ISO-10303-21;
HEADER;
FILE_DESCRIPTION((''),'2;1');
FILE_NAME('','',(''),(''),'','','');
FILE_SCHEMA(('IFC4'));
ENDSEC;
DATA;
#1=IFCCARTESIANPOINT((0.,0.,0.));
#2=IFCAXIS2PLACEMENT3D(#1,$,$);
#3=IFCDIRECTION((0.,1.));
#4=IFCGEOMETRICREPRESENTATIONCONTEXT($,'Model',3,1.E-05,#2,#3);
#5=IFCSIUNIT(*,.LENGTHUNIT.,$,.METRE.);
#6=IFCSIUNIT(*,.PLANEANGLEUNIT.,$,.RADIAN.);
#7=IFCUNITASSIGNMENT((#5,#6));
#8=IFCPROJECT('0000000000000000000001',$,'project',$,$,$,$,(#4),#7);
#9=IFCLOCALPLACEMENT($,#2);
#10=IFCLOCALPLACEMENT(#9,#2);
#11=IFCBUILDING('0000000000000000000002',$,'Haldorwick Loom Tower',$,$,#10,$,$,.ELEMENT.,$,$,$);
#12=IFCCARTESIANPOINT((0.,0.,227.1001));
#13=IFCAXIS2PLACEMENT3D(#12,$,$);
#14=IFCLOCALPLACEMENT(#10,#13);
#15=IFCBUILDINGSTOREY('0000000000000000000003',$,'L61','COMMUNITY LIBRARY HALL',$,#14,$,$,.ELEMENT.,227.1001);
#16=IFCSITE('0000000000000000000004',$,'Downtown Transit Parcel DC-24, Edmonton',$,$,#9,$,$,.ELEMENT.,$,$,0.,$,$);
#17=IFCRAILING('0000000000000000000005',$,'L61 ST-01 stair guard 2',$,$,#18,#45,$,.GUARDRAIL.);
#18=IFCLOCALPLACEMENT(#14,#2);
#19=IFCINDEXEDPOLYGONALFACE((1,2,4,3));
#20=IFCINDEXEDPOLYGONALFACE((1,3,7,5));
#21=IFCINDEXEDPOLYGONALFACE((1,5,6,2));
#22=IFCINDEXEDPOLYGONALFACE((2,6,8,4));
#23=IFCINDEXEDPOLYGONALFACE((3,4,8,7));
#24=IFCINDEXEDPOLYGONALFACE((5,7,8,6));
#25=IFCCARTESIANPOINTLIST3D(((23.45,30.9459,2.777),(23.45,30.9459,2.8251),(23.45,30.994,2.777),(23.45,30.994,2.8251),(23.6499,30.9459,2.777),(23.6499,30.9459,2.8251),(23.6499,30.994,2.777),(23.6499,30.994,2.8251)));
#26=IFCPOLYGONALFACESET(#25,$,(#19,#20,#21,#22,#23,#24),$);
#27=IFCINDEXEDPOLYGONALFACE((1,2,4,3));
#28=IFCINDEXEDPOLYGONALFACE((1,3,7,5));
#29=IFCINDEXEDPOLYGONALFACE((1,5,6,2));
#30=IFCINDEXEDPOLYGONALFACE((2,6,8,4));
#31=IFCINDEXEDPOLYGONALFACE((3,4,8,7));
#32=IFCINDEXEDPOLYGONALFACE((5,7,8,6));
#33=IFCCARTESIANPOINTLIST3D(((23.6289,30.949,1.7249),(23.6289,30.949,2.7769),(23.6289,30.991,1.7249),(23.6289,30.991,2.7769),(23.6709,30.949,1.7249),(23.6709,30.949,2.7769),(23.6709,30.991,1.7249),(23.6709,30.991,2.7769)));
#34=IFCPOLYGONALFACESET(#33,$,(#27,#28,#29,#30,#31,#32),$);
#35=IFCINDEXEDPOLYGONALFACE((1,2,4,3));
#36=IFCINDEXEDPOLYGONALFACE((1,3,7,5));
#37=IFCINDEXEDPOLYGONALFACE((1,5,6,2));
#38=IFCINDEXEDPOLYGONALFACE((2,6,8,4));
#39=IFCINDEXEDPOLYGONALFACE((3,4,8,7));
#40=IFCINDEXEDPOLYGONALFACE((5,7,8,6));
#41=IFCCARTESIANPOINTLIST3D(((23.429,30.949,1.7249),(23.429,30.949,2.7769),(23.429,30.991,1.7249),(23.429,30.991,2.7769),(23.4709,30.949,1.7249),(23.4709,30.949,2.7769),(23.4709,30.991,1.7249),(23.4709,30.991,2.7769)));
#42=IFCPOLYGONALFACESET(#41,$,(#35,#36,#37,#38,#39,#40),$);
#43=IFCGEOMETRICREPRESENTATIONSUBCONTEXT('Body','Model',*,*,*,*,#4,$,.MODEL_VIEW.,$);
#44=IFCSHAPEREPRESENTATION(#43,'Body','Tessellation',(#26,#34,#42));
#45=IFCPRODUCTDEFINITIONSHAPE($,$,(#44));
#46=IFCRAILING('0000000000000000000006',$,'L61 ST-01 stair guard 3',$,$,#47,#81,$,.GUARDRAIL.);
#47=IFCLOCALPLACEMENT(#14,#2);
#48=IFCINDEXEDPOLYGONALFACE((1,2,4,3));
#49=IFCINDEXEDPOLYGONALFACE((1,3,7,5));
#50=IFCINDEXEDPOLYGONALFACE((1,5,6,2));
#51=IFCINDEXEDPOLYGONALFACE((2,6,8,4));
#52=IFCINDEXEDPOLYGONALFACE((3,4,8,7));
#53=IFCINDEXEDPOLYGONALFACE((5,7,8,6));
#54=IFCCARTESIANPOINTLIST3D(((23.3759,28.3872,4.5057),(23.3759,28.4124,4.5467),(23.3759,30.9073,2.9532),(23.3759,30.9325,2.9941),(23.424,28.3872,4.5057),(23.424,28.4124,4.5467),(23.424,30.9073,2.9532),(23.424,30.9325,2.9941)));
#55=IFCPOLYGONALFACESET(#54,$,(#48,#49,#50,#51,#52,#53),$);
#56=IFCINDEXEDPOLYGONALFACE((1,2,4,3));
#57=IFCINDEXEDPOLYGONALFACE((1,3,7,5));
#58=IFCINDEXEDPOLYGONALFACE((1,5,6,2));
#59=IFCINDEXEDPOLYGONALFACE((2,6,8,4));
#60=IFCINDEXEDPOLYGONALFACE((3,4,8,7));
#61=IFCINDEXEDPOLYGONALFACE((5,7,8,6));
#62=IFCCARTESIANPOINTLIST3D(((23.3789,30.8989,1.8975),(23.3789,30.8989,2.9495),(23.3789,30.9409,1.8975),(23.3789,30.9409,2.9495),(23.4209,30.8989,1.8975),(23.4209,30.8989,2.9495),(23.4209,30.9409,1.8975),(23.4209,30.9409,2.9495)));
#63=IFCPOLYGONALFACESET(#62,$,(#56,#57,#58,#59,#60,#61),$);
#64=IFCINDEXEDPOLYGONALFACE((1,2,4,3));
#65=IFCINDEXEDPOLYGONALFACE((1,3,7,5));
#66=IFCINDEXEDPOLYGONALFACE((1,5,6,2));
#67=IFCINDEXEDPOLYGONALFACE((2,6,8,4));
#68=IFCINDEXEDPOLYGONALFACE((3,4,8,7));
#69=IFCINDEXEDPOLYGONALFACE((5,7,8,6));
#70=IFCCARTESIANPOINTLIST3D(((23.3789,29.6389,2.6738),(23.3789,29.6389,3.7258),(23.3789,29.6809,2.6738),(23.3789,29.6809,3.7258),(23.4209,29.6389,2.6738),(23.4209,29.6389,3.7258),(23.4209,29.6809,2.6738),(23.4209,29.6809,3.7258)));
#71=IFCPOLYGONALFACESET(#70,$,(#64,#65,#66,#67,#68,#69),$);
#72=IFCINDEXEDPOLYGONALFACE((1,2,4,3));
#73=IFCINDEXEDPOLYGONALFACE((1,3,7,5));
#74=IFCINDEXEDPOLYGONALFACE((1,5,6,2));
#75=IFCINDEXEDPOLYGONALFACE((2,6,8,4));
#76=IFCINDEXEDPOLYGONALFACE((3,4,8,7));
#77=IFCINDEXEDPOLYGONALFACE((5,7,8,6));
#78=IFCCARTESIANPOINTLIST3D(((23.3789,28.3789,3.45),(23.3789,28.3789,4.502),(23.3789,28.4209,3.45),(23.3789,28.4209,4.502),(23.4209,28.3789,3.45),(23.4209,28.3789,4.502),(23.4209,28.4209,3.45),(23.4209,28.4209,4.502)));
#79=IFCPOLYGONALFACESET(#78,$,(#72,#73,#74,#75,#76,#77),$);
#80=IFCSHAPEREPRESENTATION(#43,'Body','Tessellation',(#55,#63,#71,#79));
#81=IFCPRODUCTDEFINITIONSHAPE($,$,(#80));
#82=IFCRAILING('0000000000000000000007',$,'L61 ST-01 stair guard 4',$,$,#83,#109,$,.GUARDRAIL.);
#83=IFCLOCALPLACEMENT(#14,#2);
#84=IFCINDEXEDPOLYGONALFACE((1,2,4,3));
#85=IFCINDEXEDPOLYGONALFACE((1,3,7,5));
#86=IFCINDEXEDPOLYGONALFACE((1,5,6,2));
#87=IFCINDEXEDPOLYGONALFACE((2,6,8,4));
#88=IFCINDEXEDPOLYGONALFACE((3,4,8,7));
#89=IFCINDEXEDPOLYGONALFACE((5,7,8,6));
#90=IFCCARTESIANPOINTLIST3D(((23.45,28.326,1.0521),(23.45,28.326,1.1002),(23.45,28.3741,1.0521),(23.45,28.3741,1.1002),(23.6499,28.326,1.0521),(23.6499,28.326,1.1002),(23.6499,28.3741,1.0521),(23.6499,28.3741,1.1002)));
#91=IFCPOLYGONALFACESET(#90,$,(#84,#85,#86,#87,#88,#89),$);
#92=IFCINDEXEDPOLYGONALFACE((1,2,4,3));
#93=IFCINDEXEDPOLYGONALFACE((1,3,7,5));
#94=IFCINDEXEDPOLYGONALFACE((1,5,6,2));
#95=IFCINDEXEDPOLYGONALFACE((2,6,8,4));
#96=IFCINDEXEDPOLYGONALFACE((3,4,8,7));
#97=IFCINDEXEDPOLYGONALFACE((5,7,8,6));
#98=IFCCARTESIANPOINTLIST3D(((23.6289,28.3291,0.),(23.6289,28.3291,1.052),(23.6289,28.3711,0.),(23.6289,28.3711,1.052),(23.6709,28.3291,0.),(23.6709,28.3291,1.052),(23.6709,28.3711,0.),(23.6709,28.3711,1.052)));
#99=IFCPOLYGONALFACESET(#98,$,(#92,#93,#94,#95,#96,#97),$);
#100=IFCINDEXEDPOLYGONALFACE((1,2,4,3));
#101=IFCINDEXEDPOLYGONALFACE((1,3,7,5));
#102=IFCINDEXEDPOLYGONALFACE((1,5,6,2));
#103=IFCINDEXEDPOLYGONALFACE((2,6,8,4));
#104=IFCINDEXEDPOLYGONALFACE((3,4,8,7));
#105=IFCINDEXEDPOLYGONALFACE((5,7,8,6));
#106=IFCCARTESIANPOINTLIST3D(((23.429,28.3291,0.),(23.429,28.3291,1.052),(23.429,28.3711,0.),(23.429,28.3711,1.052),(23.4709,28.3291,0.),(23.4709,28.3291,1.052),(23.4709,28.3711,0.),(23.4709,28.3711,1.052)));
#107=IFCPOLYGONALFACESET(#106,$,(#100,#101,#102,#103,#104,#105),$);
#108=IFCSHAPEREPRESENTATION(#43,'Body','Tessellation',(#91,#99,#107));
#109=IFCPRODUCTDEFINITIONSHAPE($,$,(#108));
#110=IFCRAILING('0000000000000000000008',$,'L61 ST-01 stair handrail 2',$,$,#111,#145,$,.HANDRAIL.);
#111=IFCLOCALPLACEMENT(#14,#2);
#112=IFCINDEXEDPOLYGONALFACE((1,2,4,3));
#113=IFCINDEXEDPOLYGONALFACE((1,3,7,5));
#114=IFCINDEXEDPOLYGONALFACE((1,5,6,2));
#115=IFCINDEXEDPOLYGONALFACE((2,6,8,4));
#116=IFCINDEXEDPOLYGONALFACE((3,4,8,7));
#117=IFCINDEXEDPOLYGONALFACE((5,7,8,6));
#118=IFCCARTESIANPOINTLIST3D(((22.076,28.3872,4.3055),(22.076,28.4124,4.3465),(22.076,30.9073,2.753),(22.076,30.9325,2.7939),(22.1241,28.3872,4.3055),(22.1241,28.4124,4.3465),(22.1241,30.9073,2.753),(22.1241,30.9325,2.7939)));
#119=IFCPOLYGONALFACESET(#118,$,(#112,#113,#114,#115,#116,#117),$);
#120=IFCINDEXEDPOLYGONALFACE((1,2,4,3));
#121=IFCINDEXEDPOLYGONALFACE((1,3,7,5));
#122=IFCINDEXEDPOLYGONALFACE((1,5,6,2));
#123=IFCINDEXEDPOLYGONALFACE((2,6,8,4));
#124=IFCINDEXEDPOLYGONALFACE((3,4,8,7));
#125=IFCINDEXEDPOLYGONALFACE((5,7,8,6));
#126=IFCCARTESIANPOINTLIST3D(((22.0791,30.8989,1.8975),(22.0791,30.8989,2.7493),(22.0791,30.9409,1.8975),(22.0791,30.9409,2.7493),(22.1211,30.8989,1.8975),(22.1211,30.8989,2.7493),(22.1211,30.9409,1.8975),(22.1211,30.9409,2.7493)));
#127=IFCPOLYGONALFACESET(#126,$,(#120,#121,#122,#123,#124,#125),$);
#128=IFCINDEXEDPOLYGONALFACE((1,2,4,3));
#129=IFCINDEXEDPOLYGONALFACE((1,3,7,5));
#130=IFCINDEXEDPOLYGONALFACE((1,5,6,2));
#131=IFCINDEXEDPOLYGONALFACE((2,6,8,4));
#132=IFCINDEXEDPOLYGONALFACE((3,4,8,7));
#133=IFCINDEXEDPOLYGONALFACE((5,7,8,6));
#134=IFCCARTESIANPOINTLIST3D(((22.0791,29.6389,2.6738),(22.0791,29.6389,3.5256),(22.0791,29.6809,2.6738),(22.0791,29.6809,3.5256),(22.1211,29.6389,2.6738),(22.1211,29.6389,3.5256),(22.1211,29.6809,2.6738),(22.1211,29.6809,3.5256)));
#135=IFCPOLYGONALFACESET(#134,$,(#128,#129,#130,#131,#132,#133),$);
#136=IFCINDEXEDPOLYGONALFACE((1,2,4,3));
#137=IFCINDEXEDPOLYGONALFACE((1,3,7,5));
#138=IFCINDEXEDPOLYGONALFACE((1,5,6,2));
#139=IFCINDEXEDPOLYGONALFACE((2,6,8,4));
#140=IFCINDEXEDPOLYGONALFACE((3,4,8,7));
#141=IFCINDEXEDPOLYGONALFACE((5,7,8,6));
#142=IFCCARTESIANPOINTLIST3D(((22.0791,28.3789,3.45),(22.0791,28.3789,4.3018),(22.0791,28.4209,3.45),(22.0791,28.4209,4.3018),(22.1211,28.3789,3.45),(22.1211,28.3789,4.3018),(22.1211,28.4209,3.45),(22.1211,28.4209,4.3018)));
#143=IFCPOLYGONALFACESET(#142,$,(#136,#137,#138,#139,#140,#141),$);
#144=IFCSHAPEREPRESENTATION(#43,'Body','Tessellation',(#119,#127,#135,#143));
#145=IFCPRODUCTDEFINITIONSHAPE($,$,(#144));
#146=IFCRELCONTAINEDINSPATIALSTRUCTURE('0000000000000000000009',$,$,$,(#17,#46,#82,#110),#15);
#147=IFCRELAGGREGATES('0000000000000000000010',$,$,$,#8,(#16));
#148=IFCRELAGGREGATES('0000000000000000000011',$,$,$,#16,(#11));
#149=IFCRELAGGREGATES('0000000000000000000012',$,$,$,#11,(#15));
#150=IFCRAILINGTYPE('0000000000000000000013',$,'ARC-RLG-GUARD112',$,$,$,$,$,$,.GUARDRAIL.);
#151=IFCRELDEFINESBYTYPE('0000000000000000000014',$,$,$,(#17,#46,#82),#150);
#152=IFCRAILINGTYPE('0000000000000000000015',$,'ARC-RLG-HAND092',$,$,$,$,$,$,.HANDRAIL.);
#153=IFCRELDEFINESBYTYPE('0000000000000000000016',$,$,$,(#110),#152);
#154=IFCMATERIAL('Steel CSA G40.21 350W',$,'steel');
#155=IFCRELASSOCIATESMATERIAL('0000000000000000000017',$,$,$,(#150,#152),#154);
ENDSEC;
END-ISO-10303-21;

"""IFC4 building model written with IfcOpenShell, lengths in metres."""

from ifc_helpers import new_model, si_unit, direction, frame, origin, origin_2d, place, context, subcontext, project, spatial, rectangle, extrude, material, type_object, element, save


model = new_model("IFC4")

# Units and contexts
model_context = context("Model", 3, precision=1e-05, world=origin(), true_north=direction((0.0, 1.0)))
body_context = subcontext(model_context, "Body", "Model", "MODEL_VIEW")
ifc_project = project(units=[si_unit("LENGTHUNIT", "METRE"), si_unit("PLANEANGLEUNIT", "RADIAN")], contexts=[model_context])

# Site, building, storey
site_placement = place(None, origin())
site = spatial("IfcSite", under=ifc_project, at=site_placement, Name="Downtown Transit Parcel DC-24, Edmonton", CompositionType="ELEMENT", RefElevation=0.0)
building_placement = place(site_placement, origin())
building = spatial("IfcBuilding", under=site, at=building_placement, Name="Haldorwick Loom Tower", CompositionType="ELEMENT")
storey_placement = place(building_placement, frame((0.0, 0.0, 227.1001)))
storey = spatial("IfcBuildingStorey", under=building, at=storey_placement, Name="L61", Description="COMMUNITY LIBRARY HALL", CompositionType="ELEMENT", Elevation=227.1001)

# Shared definitions
ifc_material_1 = material(Name="Steel CSA G40.21 350W", Category="steel")

# Railings
railing_type_1 = type_object("IfcRailingType", Name="ARC-RLG-GUARD112", PredefinedType="GUARDRAIL", material=ifc_material_1)
railing_1_placement = place(storey_placement, frame((23.6499, 30.97, 1.7249)))
element("IfcRailing", 1, at=railing_1_placement, inside=storey, type_object=railing_type_1, Name="L61 ST-01 stair guard 2", PredefinedType="GUARDRAIL", context=body_context, shape_type="SweptSolid", body=[
    extrude(rectangle(XDim=0.0481, YDim=0.0481, at=origin_2d()), frame((0.0, 0.0, 1.0762), z_axis=(-1.0, 0.0, 0.0), x_axis=(0.0, -1.0, 0.0)), (0.0, 0.0, 1.0), 0.2),
    extrude(rectangle(XDim=0.042, YDim=0.042, at=origin_2d()), origin(), (0.0, 0.0, 1.0), 1.052),
    extrude(rectangle(XDim=0.042, YDim=0.042, at=origin_2d()), frame((-0.2, 0.0, 0.0)), (0.0, 0.0, 1.0), 1.052),
])
railing_2_placement = place(storey_placement, frame((23.3999, 30.9199, 1.8975)))
element("IfcRailing", 2, at=railing_2_placement, inside=storey, type_object=railing_type_1, Name="L61 ST-01 stair guard 3", PredefinedType="GUARDRAIL", context=body_context, shape_type="SweptSolid", body=[
    extrude(rectangle(XDim=0.0481, YDim=0.0481, at=origin_2d()), frame((0.0, 0.0, 1.0762), z_axis=(0.0, -0.8514, 0.524516), x_axis=(1.0, 0.0, 0.0)), (0.0, 0.0, 1.0), 2.96),
    extrude(rectangle(XDim=0.042, YDim=0.042, at=origin_2d()), origin(), (0.0, 0.0, 1.0), 1.052),
    extrude(rectangle(XDim=0.042, YDim=0.042, at=origin_2d()), frame((0.0, -1.26, 0.7764)), (0.0, 0.0, 1.0), 1.052),
    extrude(rectangle(XDim=0.042, YDim=0.042, at=origin_2d()), frame((0.0, -2.52, 1.5525)), (0.0, 0.0, 1.0), 1.052),
])
railing_3_placement = place(storey_placement, frame((23.6499, 28.3501, 0.0)))
element("IfcRailing", 3, at=railing_3_placement, inside=storey, type_object=railing_type_1, Name="L61 ST-01 stair guard 4", PredefinedType="GUARDRAIL", context=body_context, shape_type="SweptSolid", body=[
    extrude(rectangle(XDim=0.0481, YDim=0.0481, at=origin_2d()), frame((0.0, 0.0, 1.0762), z_axis=(-1.0, 0.0, 0.0), x_axis=(0.0, -1.0, 0.0)), (0.0, 0.0, 1.0), 0.2),
    extrude(rectangle(XDim=0.042, YDim=0.042, at=origin_2d()), origin(), (0.0, 0.0, 1.0), 1.052),
    extrude(rectangle(XDim=0.042, YDim=0.042, at=origin_2d()), frame((-0.2, 0.0, 0.0)), (0.0, 0.0, 1.0), 1.052),
])
railing_type_2 = type_object("IfcRailingType", Name="ARC-RLG-HAND092", PredefinedType="HANDRAIL", material=ifc_material_1)
railing_4_placement = place(storey_placement, frame((22.1001, 30.9199, 1.8975)))
element("IfcRailing", 4, at=railing_4_placement, inside=storey, type_object=railing_type_2, Name="L61 ST-01 stair handrail 2", PredefinedType="HANDRAIL", context=body_context, shape_type="SweptSolid", body=[
    extrude(rectangle(XDim=0.0481, YDim=0.0481, at=origin_2d()), frame((0.0, 0.0, 0.876), z_axis=(0.0, -0.8514, 0.524516), x_axis=(1.0, 0.0, 0.0)), (0.0, 0.0, 1.0), 2.96),
    extrude(rectangle(XDim=0.042, YDim=0.042, at=origin_2d()), origin(), (0.0, 0.0, 1.0), 0.8518),
    extrude(rectangle(XDim=0.042, YDim=0.042, at=origin_2d()), frame((0.0, -1.26, 0.7764)), (0.0, 0.0, 1.0), 0.8518),
    extrude(rectangle(XDim=0.042, YDim=0.042, at=origin_2d()), frame((0.0, -2.52, 1.5525)), (0.0, 0.0, 1.0), 0.8518),
])

save(model, "model.ifc")
